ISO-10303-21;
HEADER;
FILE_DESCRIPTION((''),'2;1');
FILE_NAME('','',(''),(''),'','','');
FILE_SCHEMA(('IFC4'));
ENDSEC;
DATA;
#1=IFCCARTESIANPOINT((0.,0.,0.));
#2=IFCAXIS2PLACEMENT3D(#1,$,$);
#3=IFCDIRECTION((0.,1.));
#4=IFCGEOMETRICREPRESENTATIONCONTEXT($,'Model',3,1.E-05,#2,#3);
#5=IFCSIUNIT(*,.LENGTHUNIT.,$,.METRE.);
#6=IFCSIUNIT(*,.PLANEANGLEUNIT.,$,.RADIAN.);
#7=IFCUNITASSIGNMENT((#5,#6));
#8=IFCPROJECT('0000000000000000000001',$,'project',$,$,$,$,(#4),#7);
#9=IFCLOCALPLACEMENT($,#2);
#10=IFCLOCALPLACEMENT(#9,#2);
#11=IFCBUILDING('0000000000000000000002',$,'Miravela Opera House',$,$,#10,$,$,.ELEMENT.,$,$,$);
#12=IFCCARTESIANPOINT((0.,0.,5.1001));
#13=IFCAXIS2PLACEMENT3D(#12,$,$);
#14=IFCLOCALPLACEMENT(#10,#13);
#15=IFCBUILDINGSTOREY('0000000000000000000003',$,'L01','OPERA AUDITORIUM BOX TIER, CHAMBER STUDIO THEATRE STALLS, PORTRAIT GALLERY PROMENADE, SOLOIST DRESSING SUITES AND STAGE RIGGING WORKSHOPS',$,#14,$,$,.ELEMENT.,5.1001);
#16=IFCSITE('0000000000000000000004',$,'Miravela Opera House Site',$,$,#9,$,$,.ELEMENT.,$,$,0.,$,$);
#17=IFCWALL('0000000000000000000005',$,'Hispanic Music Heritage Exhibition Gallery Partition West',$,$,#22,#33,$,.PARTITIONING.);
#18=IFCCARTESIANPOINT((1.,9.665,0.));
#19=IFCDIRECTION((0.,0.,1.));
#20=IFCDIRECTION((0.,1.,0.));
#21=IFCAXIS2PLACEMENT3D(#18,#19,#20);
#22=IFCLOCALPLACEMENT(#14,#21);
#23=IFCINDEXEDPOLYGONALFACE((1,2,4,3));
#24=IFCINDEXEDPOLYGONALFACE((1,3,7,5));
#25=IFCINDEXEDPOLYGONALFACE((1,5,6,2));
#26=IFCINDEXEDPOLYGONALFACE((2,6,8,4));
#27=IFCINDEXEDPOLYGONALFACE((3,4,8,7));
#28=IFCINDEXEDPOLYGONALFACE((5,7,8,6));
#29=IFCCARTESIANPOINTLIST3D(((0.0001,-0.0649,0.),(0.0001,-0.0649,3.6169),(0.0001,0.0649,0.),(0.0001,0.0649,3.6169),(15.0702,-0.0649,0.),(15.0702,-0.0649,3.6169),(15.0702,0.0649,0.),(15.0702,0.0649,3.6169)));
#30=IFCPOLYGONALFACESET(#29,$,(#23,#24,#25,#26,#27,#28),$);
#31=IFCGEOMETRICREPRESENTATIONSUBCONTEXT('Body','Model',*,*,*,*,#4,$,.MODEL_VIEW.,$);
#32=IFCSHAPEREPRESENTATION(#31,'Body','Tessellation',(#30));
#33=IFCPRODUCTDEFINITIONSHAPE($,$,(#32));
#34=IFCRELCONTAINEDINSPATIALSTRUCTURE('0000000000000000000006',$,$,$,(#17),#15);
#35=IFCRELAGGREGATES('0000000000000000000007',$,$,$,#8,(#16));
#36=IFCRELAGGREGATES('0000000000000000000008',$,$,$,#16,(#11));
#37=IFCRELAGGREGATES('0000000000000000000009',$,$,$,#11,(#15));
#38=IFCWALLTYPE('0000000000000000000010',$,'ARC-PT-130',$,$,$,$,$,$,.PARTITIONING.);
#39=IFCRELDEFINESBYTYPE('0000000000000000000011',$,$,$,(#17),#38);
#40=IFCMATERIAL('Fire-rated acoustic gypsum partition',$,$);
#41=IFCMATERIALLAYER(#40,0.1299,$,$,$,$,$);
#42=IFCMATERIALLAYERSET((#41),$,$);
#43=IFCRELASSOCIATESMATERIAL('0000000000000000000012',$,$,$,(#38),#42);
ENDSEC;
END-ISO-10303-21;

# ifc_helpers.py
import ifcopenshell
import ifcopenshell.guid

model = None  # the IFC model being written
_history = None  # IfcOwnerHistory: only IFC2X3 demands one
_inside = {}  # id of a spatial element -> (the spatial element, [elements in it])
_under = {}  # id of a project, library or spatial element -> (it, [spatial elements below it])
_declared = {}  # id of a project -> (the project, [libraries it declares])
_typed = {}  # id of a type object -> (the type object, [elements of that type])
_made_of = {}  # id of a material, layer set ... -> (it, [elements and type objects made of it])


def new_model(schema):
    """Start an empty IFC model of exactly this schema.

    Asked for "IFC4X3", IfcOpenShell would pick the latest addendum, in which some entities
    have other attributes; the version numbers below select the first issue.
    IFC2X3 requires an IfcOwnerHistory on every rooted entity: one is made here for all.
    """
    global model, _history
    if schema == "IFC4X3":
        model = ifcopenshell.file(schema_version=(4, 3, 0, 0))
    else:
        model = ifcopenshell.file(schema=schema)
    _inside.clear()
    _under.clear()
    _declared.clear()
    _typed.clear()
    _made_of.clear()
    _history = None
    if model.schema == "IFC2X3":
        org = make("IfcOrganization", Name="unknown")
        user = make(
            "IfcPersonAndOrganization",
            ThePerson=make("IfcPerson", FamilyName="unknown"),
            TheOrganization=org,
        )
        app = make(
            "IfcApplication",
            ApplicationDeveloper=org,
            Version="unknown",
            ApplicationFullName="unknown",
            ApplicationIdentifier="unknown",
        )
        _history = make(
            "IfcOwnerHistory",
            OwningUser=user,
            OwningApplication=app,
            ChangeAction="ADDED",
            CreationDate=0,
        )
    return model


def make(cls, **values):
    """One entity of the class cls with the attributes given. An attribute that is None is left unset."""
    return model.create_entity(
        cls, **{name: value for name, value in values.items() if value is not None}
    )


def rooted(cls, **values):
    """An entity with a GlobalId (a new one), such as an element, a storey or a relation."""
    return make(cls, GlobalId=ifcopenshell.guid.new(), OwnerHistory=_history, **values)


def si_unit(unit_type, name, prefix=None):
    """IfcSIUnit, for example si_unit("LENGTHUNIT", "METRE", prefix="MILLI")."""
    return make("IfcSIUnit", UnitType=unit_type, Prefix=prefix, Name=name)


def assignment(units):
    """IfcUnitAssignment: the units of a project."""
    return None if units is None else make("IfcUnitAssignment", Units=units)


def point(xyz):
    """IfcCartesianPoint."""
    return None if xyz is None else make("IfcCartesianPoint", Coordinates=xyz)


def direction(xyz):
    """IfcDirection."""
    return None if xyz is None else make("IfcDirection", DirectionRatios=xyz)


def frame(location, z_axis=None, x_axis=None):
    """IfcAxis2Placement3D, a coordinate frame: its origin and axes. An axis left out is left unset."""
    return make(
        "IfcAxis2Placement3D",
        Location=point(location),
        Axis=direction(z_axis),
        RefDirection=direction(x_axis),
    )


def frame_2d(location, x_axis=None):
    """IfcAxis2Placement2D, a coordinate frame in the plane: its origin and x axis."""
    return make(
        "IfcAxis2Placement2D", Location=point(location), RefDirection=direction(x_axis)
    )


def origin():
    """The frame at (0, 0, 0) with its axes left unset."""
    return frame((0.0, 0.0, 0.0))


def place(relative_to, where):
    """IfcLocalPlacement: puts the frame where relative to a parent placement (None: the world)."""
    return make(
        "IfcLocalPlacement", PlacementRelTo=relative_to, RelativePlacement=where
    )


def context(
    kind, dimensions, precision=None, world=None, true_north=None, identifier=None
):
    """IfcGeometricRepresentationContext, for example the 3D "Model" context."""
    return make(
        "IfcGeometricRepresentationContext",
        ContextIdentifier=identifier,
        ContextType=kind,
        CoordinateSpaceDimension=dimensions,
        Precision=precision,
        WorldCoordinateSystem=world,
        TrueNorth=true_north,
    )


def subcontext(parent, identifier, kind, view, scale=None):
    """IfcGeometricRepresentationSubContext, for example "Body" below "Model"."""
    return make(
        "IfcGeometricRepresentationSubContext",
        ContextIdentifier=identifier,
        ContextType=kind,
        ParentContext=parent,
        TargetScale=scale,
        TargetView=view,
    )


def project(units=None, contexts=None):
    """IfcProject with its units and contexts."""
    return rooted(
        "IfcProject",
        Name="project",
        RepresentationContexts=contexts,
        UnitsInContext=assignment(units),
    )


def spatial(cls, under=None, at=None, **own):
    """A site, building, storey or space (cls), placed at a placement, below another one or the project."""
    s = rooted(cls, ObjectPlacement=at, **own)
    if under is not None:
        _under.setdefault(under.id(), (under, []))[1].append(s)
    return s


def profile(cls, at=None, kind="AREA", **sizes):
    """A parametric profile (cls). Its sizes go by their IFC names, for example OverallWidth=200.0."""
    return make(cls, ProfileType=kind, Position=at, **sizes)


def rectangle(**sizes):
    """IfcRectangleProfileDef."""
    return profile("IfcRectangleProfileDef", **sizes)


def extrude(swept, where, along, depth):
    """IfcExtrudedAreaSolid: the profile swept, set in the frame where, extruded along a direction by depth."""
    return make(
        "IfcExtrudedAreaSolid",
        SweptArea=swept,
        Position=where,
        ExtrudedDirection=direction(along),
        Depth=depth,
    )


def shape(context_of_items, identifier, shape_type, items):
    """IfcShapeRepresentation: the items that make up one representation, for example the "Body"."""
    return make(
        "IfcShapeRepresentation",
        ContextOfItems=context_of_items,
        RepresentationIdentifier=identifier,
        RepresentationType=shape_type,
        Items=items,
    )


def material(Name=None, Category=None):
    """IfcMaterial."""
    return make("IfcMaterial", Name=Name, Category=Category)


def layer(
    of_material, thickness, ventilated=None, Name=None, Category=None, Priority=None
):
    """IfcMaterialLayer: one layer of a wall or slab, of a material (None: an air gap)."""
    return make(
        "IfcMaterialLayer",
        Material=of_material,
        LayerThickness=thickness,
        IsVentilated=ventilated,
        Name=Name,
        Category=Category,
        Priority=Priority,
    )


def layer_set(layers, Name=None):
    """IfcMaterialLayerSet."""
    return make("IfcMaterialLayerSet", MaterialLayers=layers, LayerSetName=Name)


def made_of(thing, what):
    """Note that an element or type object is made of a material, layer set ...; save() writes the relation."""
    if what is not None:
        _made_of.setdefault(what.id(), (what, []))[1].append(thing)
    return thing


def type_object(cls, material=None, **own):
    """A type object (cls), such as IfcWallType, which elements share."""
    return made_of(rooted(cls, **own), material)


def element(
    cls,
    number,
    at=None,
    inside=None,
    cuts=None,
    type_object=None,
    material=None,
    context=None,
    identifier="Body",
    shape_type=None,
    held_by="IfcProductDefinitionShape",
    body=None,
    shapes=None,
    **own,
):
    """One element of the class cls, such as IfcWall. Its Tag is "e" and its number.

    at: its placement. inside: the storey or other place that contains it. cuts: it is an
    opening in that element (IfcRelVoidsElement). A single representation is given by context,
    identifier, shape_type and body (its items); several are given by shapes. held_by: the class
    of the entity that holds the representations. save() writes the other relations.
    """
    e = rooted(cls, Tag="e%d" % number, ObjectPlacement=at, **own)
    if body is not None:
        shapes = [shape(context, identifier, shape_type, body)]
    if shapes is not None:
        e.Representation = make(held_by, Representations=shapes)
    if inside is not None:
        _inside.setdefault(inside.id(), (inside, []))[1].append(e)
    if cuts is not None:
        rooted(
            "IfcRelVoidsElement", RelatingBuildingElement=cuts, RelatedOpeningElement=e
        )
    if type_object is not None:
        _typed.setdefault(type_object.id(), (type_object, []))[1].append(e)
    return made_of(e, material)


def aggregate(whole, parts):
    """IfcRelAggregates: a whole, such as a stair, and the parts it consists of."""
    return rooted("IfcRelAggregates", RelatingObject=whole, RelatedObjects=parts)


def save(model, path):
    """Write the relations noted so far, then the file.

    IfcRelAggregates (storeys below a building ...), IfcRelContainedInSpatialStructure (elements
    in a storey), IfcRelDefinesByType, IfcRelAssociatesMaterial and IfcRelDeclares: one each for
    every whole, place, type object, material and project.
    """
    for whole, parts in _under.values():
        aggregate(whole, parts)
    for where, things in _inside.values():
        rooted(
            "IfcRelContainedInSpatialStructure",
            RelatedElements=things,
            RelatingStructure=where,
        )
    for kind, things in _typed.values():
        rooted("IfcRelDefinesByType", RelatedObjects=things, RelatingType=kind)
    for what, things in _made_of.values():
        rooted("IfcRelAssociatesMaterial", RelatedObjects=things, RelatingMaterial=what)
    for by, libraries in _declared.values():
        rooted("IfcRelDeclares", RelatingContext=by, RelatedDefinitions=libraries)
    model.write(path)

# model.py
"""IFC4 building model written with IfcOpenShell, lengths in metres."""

from ifc_helpers import new_model, si_unit, direction, frame, frame_2d, origin, place, context, subcontext, project, spatial, rectangle, extrude, material, layer, layer_set, type_object, element, save


model = new_model("IFC4")

# Units and contexts
model_context = context("Model", 3, precision=1e-05, world=origin(), true_north=direction((0.0, 1.0)))
body_context = subcontext(model_context, "Body", "Model", "MODEL_VIEW")
ifc_project = project(units=[si_unit("LENGTHUNIT", "METRE"), si_unit("PLANEANGLEUNIT", "RADIAN")], contexts=[model_context])

# Site, building, storey
site_placement = place(None, origin())
site = spatial("IfcSite", under=ifc_project, at=site_placement, Name="Miravela Opera House Site", CompositionType="ELEMENT", RefElevation=0.0)
building_placement = place(site_placement, origin())
building = spatial("IfcBuilding", under=site, at=building_placement, Name="Miravela Opera House", CompositionType="ELEMENT")
storey_placement = place(building_placement, frame((0.0, 0.0, 5.1001)))
storey = spatial("IfcBuildingStorey", under=building, at=storey_placement, Name="L01", Description="OPERA AUDITORIUM BOX TIER, CHAMBER STUDIO THEATRE STALLS, PORTRAIT GALLERY PROMENADE, SOLOIST DRESSING SUITES AND STAGE RIGGING WORKSHOPS", CompositionType="ELEMENT", Elevation=5.1001)

# Wall
ifc_material_1 = material(Name="Fire-rated acoustic gypsum partition")
ifc_layer_1 = layer(ifc_material_1, 0.1299)
ifc_layer_set_1 = layer_set([ifc_layer_1])
wall_type_1 = type_object("IfcWallType", Name="ARC-PT-130", PredefinedType="PARTITIONING", material=ifc_layer_set_1)
wall_1_placement = place(storey_placement, frame((1.0, 9.665, 0.0), z_axis=(0.0, 0.0, 1.0), x_axis=(0.0, 1.0, 0.0)))
element("IfcWall", 1, at=wall_1_placement, inside=storey, type_object=wall_type_1, Name="Hispanic Music Heritage Exhibition Gallery Partition West", PredefinedType="PARTITIONING", context=body_context, shape_type="SweptSolid", body=[
    extrude(rectangle(XDim=15.0701, YDim=0.1299, at=frame_2d((7.5352, 0.0))), origin(), (0.0, 0.0, 1.0), 3.6169),
])

save(model, "model.ifc")
